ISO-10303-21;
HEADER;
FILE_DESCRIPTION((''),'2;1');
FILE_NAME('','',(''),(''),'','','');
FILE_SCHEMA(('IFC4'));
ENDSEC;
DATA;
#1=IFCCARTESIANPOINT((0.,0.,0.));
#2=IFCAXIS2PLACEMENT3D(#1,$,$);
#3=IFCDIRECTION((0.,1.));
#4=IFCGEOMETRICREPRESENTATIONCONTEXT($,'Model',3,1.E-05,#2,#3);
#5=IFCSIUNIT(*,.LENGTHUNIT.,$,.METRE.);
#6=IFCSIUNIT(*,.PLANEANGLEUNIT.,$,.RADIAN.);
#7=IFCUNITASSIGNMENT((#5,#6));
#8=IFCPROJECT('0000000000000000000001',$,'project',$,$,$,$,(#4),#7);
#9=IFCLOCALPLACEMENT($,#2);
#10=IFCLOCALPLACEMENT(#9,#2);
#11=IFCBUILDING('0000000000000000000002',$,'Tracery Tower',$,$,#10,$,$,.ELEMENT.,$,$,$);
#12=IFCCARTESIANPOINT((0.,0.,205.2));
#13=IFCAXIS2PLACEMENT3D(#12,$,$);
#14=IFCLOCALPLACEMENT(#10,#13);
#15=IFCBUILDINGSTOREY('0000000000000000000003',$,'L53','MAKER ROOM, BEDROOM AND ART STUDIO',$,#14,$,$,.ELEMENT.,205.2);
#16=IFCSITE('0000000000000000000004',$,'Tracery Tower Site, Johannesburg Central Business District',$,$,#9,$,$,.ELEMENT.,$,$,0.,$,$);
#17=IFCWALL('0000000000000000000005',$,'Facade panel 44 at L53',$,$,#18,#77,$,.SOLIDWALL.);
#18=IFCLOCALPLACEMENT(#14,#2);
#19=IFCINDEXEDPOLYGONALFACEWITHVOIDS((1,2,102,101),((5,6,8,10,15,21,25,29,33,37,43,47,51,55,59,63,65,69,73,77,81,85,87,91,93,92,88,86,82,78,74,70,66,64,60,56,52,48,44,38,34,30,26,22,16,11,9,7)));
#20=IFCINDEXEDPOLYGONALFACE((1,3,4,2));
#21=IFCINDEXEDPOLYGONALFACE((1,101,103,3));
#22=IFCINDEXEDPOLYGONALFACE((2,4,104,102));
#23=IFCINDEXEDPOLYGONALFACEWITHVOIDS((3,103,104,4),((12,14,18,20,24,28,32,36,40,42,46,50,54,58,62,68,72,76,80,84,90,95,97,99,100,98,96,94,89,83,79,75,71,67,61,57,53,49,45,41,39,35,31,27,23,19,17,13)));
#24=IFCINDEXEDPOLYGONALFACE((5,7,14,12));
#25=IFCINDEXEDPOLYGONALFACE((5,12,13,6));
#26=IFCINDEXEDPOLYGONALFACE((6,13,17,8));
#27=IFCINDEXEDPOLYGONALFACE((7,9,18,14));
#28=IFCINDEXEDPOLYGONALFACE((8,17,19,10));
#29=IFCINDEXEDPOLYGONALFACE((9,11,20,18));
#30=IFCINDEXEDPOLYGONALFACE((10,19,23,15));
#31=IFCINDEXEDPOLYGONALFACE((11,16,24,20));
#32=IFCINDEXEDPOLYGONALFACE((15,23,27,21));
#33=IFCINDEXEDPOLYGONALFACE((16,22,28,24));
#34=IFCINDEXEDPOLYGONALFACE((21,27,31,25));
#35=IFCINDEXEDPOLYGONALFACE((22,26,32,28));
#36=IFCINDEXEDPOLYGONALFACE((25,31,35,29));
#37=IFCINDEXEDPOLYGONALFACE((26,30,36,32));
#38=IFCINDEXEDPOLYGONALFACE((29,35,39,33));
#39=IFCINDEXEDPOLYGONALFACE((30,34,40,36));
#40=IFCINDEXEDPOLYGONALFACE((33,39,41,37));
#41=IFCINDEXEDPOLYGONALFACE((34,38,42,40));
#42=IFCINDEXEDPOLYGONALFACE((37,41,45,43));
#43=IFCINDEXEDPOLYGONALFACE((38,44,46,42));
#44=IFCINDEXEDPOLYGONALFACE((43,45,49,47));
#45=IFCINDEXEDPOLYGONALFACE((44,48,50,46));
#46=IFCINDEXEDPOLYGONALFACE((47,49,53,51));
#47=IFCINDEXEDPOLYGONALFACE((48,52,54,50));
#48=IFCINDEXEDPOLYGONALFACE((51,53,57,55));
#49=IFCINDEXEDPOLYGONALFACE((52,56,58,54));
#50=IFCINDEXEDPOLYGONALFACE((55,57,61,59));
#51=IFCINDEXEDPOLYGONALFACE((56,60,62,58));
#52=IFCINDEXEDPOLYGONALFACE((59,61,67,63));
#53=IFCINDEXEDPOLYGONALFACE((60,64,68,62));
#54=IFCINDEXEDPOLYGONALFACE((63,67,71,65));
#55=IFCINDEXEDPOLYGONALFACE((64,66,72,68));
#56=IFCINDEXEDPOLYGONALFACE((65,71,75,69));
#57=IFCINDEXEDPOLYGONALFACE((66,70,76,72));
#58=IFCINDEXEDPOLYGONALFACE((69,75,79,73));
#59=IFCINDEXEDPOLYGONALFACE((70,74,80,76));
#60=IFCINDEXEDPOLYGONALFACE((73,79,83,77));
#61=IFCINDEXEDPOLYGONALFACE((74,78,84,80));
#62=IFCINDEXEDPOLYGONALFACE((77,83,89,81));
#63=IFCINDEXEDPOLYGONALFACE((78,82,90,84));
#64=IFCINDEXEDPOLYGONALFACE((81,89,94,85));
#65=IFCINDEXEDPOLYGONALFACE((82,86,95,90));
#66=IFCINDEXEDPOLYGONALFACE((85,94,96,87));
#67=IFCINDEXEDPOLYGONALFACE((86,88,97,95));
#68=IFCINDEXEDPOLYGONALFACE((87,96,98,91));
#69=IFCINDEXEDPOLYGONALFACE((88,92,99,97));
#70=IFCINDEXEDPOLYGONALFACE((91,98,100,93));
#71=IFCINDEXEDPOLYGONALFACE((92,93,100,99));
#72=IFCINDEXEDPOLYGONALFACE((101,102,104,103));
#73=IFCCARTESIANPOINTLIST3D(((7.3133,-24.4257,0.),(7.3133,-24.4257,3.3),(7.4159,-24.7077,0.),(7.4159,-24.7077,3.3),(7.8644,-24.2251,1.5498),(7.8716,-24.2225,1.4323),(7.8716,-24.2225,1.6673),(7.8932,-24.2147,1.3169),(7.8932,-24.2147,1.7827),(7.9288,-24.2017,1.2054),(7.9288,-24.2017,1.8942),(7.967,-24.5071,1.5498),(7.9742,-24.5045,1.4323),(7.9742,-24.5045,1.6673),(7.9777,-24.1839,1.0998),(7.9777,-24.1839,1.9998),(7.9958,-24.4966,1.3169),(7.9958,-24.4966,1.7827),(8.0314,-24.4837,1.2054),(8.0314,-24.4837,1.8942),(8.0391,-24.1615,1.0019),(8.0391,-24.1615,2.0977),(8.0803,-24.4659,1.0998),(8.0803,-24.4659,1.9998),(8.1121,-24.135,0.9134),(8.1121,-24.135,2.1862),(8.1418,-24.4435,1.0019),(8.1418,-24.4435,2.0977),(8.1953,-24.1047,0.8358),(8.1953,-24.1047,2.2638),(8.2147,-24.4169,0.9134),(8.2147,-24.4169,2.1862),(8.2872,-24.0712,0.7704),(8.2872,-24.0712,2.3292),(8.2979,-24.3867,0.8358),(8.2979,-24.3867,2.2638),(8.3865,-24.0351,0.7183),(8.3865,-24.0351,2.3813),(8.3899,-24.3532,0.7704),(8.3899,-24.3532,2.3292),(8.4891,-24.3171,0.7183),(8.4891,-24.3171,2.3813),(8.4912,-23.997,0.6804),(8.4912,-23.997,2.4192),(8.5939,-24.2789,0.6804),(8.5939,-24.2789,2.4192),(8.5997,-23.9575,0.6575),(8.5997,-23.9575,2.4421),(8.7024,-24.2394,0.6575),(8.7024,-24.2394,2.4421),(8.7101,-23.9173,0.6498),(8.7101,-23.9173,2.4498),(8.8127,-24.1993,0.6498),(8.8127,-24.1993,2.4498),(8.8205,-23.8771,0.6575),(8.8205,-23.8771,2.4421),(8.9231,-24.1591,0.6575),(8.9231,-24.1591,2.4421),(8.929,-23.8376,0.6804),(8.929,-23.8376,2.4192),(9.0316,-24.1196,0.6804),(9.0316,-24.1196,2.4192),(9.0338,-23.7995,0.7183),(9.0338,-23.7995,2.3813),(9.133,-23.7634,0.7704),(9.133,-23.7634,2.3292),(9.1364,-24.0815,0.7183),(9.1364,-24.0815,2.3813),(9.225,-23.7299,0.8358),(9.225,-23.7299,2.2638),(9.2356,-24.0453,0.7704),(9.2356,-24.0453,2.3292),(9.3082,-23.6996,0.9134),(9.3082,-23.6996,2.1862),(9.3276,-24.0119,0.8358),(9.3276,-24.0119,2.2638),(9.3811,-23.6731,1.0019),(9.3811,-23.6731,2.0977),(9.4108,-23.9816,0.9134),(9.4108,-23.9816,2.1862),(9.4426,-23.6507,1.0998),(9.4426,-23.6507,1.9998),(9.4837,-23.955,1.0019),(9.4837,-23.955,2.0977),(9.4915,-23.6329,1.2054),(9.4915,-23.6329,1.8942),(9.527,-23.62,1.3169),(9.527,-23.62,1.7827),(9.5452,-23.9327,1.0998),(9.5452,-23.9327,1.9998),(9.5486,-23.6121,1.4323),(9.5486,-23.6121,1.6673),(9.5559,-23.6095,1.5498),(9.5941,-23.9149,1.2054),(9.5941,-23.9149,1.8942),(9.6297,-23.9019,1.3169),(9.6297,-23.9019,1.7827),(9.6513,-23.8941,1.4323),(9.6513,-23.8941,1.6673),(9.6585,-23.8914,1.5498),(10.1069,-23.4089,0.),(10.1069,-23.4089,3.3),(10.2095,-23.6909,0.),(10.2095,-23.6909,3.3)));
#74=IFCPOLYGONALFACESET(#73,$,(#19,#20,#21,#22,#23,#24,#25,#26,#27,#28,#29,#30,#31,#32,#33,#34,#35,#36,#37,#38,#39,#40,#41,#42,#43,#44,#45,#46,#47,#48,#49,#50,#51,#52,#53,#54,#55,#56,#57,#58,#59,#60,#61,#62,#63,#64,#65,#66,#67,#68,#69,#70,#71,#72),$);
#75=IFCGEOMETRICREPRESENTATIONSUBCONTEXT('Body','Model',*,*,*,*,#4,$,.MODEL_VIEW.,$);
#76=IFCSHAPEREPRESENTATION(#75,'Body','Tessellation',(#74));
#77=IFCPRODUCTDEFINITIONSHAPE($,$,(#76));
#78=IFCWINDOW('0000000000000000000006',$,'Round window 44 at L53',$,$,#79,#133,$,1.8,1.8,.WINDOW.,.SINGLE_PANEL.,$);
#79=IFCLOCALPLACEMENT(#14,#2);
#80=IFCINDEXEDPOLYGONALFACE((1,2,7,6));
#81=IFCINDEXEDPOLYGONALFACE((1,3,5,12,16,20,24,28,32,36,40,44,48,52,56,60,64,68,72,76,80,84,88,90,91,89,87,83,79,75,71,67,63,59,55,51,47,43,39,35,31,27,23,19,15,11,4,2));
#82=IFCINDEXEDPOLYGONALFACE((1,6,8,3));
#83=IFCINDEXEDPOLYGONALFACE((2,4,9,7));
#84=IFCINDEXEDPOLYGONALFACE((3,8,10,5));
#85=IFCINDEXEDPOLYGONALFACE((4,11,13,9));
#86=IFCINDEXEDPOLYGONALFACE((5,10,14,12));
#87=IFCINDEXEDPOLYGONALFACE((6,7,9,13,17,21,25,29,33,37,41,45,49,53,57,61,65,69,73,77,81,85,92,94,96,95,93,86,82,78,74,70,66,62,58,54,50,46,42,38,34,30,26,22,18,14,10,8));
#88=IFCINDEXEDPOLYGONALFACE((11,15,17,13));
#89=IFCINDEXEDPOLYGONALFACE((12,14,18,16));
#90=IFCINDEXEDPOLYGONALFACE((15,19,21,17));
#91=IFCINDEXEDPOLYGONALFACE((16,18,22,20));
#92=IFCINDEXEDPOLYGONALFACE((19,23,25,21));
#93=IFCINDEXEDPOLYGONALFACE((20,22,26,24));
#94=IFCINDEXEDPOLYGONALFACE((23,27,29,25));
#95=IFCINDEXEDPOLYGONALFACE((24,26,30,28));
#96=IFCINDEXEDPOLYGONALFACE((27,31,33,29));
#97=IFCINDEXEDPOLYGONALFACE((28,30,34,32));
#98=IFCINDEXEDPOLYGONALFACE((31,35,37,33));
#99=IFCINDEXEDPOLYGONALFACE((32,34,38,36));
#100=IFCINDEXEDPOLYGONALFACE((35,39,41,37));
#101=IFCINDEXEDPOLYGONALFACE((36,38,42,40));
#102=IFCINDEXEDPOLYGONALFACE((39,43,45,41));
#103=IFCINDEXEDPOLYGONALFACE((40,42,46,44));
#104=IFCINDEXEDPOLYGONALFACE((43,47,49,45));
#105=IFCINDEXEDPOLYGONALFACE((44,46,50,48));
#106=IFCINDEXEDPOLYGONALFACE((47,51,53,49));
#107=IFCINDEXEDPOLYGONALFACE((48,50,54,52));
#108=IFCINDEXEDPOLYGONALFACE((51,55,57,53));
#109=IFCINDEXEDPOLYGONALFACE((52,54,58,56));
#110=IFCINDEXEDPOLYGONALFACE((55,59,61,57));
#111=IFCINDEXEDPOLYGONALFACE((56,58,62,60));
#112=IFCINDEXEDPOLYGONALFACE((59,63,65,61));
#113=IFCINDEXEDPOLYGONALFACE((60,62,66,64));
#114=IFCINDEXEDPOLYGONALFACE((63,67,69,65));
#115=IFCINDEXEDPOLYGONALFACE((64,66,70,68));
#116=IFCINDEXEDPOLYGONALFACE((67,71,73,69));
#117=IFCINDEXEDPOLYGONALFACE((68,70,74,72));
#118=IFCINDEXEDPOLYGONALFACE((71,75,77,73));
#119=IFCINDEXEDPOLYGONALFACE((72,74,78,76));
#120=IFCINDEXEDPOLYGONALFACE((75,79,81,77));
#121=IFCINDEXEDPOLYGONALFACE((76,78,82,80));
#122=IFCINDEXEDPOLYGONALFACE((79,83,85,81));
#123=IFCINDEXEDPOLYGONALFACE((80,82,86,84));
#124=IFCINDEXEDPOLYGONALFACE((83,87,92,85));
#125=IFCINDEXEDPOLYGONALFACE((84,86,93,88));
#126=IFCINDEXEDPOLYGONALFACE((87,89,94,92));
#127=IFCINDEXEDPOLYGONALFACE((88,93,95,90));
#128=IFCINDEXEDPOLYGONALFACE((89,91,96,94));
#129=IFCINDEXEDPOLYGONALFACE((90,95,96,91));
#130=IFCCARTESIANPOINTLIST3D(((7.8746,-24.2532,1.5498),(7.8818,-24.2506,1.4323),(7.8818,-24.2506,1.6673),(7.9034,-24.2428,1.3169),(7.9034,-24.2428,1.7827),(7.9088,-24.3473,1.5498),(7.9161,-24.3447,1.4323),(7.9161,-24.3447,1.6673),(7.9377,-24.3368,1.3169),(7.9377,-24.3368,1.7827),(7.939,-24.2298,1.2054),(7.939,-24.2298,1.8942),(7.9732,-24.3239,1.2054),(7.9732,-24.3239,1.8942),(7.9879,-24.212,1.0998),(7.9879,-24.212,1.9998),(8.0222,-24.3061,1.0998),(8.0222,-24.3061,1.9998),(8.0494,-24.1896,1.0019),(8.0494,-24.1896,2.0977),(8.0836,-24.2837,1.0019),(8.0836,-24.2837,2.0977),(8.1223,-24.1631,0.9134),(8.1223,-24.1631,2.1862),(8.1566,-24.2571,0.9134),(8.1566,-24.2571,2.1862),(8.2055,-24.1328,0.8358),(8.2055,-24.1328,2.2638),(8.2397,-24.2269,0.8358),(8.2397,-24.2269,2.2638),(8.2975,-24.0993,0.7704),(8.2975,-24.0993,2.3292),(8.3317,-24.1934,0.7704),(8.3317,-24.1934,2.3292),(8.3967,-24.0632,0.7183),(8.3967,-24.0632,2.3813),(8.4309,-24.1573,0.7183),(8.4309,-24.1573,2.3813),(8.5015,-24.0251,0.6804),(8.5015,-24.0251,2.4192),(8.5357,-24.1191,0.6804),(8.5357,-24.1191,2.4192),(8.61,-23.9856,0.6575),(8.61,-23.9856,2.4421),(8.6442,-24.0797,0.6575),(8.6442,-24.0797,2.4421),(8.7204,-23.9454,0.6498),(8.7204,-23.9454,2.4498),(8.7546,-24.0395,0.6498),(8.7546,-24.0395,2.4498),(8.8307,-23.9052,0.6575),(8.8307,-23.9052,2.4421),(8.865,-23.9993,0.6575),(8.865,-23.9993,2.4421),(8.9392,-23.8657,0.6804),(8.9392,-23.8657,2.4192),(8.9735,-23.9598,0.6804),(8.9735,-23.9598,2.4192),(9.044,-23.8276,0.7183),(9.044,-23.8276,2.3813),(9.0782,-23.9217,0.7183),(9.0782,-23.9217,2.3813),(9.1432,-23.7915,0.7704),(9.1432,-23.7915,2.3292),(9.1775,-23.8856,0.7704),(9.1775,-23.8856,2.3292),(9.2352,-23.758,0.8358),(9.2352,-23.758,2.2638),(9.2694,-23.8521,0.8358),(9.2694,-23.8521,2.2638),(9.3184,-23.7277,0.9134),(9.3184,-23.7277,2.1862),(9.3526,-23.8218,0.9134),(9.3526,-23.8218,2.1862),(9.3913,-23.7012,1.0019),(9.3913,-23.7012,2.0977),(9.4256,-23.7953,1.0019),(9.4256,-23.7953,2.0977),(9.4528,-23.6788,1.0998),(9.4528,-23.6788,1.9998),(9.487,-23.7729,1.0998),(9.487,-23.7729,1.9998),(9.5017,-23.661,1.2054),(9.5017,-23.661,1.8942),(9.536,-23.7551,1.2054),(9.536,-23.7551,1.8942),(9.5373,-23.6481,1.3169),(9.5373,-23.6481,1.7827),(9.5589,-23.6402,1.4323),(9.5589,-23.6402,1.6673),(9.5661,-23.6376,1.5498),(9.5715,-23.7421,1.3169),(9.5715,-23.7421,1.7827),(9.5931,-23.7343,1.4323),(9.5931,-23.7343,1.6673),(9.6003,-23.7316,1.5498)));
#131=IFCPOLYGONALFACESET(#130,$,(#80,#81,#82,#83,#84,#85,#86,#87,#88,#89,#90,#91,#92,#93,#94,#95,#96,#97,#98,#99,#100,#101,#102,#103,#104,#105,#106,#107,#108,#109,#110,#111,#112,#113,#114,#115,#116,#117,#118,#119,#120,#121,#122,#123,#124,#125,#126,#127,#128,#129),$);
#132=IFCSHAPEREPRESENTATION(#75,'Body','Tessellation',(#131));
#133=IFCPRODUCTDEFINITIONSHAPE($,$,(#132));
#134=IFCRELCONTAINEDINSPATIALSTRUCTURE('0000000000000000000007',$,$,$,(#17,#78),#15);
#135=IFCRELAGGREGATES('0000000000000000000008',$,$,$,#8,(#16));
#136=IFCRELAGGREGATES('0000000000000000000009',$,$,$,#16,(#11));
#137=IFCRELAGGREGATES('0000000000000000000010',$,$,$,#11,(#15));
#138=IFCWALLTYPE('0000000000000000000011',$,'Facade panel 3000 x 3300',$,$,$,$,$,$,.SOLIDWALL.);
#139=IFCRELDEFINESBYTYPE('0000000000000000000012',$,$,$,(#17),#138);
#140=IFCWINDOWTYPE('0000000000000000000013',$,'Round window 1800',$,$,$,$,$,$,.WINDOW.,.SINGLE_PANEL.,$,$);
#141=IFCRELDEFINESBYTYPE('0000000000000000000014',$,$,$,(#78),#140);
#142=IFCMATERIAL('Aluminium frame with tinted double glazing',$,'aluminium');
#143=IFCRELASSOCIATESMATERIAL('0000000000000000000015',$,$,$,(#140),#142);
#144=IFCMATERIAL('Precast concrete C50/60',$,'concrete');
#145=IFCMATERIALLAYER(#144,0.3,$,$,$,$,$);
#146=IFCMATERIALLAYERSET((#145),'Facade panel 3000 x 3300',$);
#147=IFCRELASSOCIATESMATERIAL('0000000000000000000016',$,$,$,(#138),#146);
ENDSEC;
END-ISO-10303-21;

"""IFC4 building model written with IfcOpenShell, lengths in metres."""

from ifc_helpers import new_model, si_unit, direction, frame, frame_2d, origin, origin_2d, place, context, subcontext, project, spatial, rectangle, circle, extrude, material, layer, layer_set, type_object, element, fill, save


model = new_model("IFC4")

# Units and contexts
model_context = context("Model", 3, precision=1e-05, world=origin(), true_north=direction((0.0, 1.0)))
body_context = subcontext(model_context, "Body", "Model", "MODEL_VIEW")
ifc_project = project(units=[si_unit("LENGTHUNIT", "METRE"), si_unit("PLANEANGLEUNIT", "RADIAN")], contexts=[model_context])

# Site, building, storey
site_placement = place(None, origin())
site = spatial("IfcSite", under=ifc_project, at=site_placement, Name="Tracery Tower Site, Johannesburg Central Business District", CompositionType="ELEMENT", RefElevation=0.0)
building_placement = place(site_placement, origin())
building = spatial("IfcBuilding", under=site, at=building_placement, Name="Tracery Tower", CompositionType="ELEMENT")
storey_placement = place(building_placement, frame((0.0, 0.0, 205.2)))
storey = spatial("IfcBuildingStorey", under=building, at=storey_placement, Name="L53", Description="MAKER ROOM, BEDROOM AND ART STUDIO", CompositionType="ELEMENT", Elevation=205.2)

# Wall, opening, window
ifc_material_1 = material(Name="Aluminium frame with tinted double glazing", Category="aluminium")
window_type = type_object("IfcWindowType", Name="Round window 1800", PartitioningType="SINGLE_PANEL", PredefinedType="WINDOW", material=ifc_material_1)
ifc_material_2 = material(Name="Precast concrete C50/60", Category="concrete")
ifc_layer_1 = layer(ifc_material_2, 0.3)
ifc_layer_set_1 = layer_set([ifc_layer_1], Name="Facade panel 3000 x 3300")
wall_type_1 = type_object("IfcWallType", Name="Facade panel 3000 x 3300", PredefinedType="SOLIDWALL", material=ifc_layer_set_1)
wall_1_placement = place(storey_placement, frame((7.3647, -24.5667, 0.0), z_axis=(0.0, 0.0, 1.0), x_axis=(0.93969, 0.342027, 0.0)))
wall_1 = element("IfcWall", 1, at=wall_1_placement, inside=storey, type_object=wall_type_1, Name="Facade panel 44 at L53", PredefinedType="SOLIDWALL", context=body_context, shape_type="SweptSolid", body=[
    extrude(rectangle(XDim=2.9729, YDim=0.3, at=frame_2d((1.4863, 0.0))), origin(), (0.0, 0.0, 1.0), 3.3),
])
opening_1_placement = place(wall_1_placement, frame((1.4863, 0.0, 1.5498)))
opening_1 = element("IfcOpeningElement", 2, at=opening_1_placement, cuts=wall_1, PredefinedType="OPENING", context=body_context, shape_type="SweptSolid", body=[
    extrude(circle(Radius=0.9, at=origin_2d()), frame((0.0, 0.1599, 0.0), z_axis=(0.0, -1.0, 0.0), x_axis=(1.0, 0.0, 0.0)), (0.0, 0.0, 1.0), 0.3201),
])
window_1_placement = place(opening_1_placement, origin())
window_1 = element("IfcWindow", 3, at=window_1_placement, inside=storey, type_object=window_type, Name="Round window 44 at L53", OverallHeight=1.8, OverallWidth=1.8, PartitioningType="SINGLE_PANEL", PredefinedType="WINDOW", context=body_context, shape_type="SweptSolid", body=[
    extrude(circle(Radius=0.9, at=origin_2d()), frame((0.0, 0.1201, 0.0), z_axis=(0.0, -1.0, 0.0), x_axis=(1.0, 0.0, 0.0)), (0.0, 0.0, 1.0), 0.1001),
])
fill(opening_1, window_1)

save(model, "model.ifc")
